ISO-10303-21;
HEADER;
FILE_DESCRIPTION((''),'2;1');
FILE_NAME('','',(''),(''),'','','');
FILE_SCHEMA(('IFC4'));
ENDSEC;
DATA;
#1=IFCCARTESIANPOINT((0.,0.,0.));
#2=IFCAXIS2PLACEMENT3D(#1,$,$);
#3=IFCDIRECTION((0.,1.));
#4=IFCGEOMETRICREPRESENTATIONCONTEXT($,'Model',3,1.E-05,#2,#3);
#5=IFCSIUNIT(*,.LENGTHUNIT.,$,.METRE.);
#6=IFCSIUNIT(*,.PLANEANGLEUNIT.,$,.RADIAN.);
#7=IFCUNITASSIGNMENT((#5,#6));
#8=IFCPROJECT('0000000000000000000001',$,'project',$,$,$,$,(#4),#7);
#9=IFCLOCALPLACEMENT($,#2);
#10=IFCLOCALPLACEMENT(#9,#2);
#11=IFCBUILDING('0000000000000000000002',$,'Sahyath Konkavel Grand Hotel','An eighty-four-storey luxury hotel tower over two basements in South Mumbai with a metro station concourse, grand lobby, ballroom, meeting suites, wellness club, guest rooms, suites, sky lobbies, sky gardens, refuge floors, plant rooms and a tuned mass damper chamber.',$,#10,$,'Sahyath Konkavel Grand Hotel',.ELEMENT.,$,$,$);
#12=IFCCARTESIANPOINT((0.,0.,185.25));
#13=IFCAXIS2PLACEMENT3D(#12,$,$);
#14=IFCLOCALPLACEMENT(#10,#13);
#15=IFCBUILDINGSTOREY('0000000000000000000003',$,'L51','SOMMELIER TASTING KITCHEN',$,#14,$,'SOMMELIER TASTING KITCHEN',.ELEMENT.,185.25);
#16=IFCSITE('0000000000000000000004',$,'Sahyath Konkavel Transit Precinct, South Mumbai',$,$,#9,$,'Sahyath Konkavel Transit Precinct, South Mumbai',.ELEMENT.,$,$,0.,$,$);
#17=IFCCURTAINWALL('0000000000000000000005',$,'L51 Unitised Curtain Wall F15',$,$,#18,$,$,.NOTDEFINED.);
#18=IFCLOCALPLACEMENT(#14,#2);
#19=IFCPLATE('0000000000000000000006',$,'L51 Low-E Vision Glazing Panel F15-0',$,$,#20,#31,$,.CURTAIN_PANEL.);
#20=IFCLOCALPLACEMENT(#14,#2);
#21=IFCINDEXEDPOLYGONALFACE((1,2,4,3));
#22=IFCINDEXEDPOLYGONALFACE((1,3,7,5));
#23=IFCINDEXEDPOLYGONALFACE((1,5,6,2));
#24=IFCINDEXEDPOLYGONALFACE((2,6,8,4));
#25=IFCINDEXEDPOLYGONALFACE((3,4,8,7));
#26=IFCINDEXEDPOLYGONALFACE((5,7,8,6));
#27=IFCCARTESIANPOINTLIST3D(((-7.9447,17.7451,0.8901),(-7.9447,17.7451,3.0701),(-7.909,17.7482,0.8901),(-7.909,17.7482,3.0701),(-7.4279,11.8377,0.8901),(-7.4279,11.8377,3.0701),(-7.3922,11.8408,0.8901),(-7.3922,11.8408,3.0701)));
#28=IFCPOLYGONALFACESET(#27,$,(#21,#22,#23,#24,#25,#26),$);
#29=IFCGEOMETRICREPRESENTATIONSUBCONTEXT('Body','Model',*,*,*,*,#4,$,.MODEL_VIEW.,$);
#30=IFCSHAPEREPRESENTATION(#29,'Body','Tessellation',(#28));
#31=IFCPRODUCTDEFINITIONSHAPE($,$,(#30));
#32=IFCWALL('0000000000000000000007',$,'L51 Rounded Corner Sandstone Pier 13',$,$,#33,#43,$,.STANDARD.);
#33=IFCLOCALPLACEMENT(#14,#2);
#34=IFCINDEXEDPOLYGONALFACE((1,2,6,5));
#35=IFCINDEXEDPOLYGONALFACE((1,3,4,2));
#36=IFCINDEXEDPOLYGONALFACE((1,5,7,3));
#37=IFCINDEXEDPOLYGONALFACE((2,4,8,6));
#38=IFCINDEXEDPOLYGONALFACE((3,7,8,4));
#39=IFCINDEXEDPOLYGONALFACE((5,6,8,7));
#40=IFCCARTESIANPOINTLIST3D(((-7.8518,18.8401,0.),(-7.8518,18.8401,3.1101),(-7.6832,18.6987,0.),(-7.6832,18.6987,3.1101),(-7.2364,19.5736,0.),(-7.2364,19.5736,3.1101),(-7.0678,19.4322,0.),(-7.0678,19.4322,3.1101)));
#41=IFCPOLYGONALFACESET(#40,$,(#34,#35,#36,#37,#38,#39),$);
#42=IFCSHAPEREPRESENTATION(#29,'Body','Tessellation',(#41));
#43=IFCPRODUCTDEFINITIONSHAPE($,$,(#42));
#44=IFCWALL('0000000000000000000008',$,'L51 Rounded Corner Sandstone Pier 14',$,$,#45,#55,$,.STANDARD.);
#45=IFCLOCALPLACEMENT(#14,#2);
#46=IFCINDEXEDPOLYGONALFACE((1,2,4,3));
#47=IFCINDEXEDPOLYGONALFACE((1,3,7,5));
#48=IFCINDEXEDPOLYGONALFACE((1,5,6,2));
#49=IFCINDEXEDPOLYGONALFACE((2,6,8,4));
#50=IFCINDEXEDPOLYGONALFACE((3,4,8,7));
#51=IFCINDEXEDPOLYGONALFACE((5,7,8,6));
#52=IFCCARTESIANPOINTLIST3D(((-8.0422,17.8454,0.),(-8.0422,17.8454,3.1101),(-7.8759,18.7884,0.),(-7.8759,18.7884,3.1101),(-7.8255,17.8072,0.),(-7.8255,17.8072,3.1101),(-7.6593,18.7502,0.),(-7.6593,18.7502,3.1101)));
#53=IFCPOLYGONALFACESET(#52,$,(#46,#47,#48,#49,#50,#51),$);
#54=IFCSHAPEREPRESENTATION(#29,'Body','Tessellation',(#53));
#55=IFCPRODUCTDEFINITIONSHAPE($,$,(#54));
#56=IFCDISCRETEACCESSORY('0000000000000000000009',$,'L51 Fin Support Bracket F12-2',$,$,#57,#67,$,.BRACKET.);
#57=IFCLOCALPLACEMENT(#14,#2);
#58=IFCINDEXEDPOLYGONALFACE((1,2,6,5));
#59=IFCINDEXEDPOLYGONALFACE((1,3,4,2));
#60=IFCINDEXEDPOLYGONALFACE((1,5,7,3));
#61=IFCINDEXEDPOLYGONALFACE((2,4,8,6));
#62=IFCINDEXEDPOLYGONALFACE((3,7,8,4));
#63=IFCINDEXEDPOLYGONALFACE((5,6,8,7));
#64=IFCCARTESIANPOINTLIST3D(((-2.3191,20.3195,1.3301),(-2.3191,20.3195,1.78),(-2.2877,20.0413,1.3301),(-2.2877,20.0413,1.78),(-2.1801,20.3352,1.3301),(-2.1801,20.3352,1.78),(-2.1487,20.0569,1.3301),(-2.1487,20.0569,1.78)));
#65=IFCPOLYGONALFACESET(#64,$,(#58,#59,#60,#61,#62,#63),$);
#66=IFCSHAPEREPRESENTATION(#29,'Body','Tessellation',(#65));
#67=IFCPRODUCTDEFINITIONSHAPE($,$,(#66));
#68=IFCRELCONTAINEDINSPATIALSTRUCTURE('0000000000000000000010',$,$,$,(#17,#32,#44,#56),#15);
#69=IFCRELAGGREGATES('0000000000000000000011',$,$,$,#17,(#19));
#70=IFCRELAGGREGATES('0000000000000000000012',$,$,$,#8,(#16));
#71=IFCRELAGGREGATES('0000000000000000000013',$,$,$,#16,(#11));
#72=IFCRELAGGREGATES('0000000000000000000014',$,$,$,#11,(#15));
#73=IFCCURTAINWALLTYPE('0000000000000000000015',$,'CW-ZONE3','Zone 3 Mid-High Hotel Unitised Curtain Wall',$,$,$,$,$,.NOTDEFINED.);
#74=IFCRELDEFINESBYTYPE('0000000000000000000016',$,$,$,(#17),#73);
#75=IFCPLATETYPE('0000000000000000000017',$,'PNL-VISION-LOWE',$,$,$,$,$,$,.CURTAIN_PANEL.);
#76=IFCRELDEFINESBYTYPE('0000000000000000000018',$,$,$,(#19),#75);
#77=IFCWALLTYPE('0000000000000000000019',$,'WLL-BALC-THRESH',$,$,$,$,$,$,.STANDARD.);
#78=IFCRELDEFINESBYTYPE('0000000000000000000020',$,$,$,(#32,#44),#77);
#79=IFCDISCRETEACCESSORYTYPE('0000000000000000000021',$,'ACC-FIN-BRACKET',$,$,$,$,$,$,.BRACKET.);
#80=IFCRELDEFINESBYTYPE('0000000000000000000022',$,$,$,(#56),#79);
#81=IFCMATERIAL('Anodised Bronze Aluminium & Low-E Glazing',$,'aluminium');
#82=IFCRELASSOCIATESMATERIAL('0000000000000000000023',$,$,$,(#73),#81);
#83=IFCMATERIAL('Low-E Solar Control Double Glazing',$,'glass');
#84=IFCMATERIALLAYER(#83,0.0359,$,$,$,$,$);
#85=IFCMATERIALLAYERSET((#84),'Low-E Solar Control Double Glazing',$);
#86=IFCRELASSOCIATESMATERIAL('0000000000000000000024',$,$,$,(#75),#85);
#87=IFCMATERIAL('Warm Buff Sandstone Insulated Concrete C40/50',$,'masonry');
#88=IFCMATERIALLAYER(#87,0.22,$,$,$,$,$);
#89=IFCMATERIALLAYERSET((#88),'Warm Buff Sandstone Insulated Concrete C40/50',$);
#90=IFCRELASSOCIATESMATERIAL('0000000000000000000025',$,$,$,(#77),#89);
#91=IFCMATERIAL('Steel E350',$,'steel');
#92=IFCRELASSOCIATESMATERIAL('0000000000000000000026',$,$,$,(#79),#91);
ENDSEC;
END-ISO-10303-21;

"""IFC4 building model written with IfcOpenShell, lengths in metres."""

from ifc_helpers import new_model, si_unit, direction, frame, frame_2d, origin, origin_2d, place, context, subcontext, project, spatial, rectangle, extrude, source, transform, mapped, material, layer, layer_set, type_object, element, aggregate, save


model = new_model("IFC4")

# Units and contexts
model_context = context("Model", 3, precision=1e-05, world=origin(), true_north=direction((0.0, 1.0)))
body_context = subcontext(model_context, "Body", "Model", "MODEL_VIEW")
ifc_project = project(units=[si_unit("LENGTHUNIT", "METRE"), si_unit("PLANEANGLEUNIT", "RADIAN")], contexts=[model_context])

# Site, building, storey
site_placement = place(None, origin())
site = spatial("IfcSite", under=ifc_project, at=site_placement, Name="Sahyath Konkavel Transit Precinct, South Mumbai", LongName="Sahyath Konkavel Transit Precinct, South Mumbai", CompositionType="ELEMENT", RefElevation=0.0)
building_placement = place(site_placement, origin())
building = spatial("IfcBuilding", under=site, at=building_placement, Name="Sahyath Konkavel Grand Hotel", Description="An eighty-four-storey luxury hotel tower over two basements in South Mumbai with a metro station concourse, grand lobby, ballroom, meeting suites, wellness club, guest rooms, suites, sky lobbies, sky gardens, refuge floors, plant rooms and a tuned mass damper chamber.", LongName="Sahyath Konkavel Grand Hotel", CompositionType="ELEMENT")
storey_placement = place(building_placement, frame((0.0, 0.0, 185.25)))
storey = spatial("IfcBuildingStorey", under=building, at=storey_placement, Name="L51", Description="SOMMELIER TASTING KITCHEN", LongName="SOMMELIER TASTING KITCHEN", CompositionType="ELEMENT", Elevation=185.25)

# Shared definitions
ifc_material_1 = material(Name="Steel E350", Category="steel")

# Shared definitions
ifc_material_2 = material(Name="Anodised Bronze Aluminium & Low-E Glazing", Category="aluminium")
curtain_wall_type = type_object("IfcCurtainWallType", Name="CW-ZONE3", Description="Zone 3 Mid-High Hotel Unitised Curtain Wall", PredefinedType="NOTDEFINED", material=ifc_material_2)

# Curtain wall
curtain_wall_1_placement = place(storey_placement, origin())
curtain_wall_1 = element("IfcCurtainWall", 1, at=curtain_wall_1_placement, inside=storey, type_object=curtain_wall_type, Name="L51 Unitised Curtain Wall F15", PredefinedType="NOTDEFINED")

# Plate
ifc_material_3 = material(Name="Low-E Solar Control Double Glazing", Category="glass")
ifc_layer_1 = layer(ifc_material_3, 0.0359)
ifc_layer_set_1 = layer_set([ifc_layer_1], Name="Low-E Solar Control Double Glazing")
plate_type_1 = type_object("IfcPlateType", Name="PNL-VISION-LOWE", PredefinedType="CURTAIN_PANEL", material=ifc_layer_set_1)
shared_shape_1 = source(origin(), body_context, "Body", "SweptSolid", [
    extrude(rectangle(XDim=5.9299, YDim=0.0359, at=origin_2d()), origin(), (0.0, 0.0, 1.0), 2.1799),
])
plate_1_placement = place(storey_placement, frame((-7.6685, 14.793, 0.8901), z_axis=(0.0, 0.0, 1.0), x_axis=(0.087156, -0.996195, 0.0)))
plate_1 = element("IfcPlate", 2, at=plate_1_placement, type_object=plate_type_1, Name="L51 Low-E Vision Glazing Panel F15-0", PredefinedType="CURTAIN_PANEL", context=body_context, shape_type="MappedRepresentation", body=[
    mapped(shared_shape_1, transform((0.0, 0.0, 0.0), scale=1.0)),
])
aggregate(curtain_wall_1, [plate_1])

# Walls
ifc_material_4 = material(Name="Warm Buff Sandstone Insulated Concrete C40/50", Category="masonry")
ifc_layer_2 = layer(ifc_material_4, 0.22)
ifc_layer_set_2 = layer_set([ifc_layer_2], Name="Warm Buff Sandstone Insulated Concrete C40/50")
wall_type = type_object("IfcWallType", Name="WLL-BALC-THRESH", PredefinedType="STANDARD", material=ifc_layer_set_2)
for number, where, z_axis, x_axis, name in (
    (3, (-7.1521, 19.5029, 0.0), (0.0, 0.0, 1.0), (-0.642714, -0.766107, 0.0), "L51 Rounded Corner Sandstone Pier 13"),
    (4, (-7.7676, 18.7693, 0.0), (0.0, 0.0, 1.0), (-0.173654, -0.984807, 0.0), "L51 Rounded Corner Sandstone Pier 14"),
):
    element("IfcWall", number, at=place(storey_placement, frame(where, z_axis=z_axis, x_axis=x_axis)), inside=storey, type_object=wall_type, Name=name, PredefinedType="STANDARD", context=body_context, shape_type="SweptSolid", body=[
        extrude(rectangle(XDim=0.9575, YDim=0.22, at=frame_2d((0.4788, 0.0))), origin(), (0.0, 0.0, 1.0), 3.1101),
    ])

# Discrete accessory
discrete_accessory_type = type_object("IfcDiscreteAccessoryType", Name="ACC-FIN-BRACKET", PredefinedType="BRACKET", material=ifc_material_1)
shared_shape_2 = source(origin(), body_context, "Body", "SweptSolid", [
    extrude(rectangle(XDim=0.28, YDim=0.1399, at=origin_2d()), origin(), (0.0, 0.0, 1.0), 0.45),
])
discrete_accessory_placement = place(storey_placement, frame((-2.2339, 20.1882, 1.3301), z_axis=(0.0, 0.0, 1.0), x_axis=(-0.112007, 0.993707, 0.0)))
element("IfcDiscreteAccessory", 5, at=discrete_accessory_placement, inside=storey, type_object=discrete_accessory_type, Name="L51 Fin Support Bracket F12-2", PredefinedType="BRACKET", context=body_context, shape_type="MappedRepresentation", body=[
    mapped(shared_shape_2, transform((0.0, 0.0, 0.0), scale=1.0)),
])

save(model, "model.ifc")
